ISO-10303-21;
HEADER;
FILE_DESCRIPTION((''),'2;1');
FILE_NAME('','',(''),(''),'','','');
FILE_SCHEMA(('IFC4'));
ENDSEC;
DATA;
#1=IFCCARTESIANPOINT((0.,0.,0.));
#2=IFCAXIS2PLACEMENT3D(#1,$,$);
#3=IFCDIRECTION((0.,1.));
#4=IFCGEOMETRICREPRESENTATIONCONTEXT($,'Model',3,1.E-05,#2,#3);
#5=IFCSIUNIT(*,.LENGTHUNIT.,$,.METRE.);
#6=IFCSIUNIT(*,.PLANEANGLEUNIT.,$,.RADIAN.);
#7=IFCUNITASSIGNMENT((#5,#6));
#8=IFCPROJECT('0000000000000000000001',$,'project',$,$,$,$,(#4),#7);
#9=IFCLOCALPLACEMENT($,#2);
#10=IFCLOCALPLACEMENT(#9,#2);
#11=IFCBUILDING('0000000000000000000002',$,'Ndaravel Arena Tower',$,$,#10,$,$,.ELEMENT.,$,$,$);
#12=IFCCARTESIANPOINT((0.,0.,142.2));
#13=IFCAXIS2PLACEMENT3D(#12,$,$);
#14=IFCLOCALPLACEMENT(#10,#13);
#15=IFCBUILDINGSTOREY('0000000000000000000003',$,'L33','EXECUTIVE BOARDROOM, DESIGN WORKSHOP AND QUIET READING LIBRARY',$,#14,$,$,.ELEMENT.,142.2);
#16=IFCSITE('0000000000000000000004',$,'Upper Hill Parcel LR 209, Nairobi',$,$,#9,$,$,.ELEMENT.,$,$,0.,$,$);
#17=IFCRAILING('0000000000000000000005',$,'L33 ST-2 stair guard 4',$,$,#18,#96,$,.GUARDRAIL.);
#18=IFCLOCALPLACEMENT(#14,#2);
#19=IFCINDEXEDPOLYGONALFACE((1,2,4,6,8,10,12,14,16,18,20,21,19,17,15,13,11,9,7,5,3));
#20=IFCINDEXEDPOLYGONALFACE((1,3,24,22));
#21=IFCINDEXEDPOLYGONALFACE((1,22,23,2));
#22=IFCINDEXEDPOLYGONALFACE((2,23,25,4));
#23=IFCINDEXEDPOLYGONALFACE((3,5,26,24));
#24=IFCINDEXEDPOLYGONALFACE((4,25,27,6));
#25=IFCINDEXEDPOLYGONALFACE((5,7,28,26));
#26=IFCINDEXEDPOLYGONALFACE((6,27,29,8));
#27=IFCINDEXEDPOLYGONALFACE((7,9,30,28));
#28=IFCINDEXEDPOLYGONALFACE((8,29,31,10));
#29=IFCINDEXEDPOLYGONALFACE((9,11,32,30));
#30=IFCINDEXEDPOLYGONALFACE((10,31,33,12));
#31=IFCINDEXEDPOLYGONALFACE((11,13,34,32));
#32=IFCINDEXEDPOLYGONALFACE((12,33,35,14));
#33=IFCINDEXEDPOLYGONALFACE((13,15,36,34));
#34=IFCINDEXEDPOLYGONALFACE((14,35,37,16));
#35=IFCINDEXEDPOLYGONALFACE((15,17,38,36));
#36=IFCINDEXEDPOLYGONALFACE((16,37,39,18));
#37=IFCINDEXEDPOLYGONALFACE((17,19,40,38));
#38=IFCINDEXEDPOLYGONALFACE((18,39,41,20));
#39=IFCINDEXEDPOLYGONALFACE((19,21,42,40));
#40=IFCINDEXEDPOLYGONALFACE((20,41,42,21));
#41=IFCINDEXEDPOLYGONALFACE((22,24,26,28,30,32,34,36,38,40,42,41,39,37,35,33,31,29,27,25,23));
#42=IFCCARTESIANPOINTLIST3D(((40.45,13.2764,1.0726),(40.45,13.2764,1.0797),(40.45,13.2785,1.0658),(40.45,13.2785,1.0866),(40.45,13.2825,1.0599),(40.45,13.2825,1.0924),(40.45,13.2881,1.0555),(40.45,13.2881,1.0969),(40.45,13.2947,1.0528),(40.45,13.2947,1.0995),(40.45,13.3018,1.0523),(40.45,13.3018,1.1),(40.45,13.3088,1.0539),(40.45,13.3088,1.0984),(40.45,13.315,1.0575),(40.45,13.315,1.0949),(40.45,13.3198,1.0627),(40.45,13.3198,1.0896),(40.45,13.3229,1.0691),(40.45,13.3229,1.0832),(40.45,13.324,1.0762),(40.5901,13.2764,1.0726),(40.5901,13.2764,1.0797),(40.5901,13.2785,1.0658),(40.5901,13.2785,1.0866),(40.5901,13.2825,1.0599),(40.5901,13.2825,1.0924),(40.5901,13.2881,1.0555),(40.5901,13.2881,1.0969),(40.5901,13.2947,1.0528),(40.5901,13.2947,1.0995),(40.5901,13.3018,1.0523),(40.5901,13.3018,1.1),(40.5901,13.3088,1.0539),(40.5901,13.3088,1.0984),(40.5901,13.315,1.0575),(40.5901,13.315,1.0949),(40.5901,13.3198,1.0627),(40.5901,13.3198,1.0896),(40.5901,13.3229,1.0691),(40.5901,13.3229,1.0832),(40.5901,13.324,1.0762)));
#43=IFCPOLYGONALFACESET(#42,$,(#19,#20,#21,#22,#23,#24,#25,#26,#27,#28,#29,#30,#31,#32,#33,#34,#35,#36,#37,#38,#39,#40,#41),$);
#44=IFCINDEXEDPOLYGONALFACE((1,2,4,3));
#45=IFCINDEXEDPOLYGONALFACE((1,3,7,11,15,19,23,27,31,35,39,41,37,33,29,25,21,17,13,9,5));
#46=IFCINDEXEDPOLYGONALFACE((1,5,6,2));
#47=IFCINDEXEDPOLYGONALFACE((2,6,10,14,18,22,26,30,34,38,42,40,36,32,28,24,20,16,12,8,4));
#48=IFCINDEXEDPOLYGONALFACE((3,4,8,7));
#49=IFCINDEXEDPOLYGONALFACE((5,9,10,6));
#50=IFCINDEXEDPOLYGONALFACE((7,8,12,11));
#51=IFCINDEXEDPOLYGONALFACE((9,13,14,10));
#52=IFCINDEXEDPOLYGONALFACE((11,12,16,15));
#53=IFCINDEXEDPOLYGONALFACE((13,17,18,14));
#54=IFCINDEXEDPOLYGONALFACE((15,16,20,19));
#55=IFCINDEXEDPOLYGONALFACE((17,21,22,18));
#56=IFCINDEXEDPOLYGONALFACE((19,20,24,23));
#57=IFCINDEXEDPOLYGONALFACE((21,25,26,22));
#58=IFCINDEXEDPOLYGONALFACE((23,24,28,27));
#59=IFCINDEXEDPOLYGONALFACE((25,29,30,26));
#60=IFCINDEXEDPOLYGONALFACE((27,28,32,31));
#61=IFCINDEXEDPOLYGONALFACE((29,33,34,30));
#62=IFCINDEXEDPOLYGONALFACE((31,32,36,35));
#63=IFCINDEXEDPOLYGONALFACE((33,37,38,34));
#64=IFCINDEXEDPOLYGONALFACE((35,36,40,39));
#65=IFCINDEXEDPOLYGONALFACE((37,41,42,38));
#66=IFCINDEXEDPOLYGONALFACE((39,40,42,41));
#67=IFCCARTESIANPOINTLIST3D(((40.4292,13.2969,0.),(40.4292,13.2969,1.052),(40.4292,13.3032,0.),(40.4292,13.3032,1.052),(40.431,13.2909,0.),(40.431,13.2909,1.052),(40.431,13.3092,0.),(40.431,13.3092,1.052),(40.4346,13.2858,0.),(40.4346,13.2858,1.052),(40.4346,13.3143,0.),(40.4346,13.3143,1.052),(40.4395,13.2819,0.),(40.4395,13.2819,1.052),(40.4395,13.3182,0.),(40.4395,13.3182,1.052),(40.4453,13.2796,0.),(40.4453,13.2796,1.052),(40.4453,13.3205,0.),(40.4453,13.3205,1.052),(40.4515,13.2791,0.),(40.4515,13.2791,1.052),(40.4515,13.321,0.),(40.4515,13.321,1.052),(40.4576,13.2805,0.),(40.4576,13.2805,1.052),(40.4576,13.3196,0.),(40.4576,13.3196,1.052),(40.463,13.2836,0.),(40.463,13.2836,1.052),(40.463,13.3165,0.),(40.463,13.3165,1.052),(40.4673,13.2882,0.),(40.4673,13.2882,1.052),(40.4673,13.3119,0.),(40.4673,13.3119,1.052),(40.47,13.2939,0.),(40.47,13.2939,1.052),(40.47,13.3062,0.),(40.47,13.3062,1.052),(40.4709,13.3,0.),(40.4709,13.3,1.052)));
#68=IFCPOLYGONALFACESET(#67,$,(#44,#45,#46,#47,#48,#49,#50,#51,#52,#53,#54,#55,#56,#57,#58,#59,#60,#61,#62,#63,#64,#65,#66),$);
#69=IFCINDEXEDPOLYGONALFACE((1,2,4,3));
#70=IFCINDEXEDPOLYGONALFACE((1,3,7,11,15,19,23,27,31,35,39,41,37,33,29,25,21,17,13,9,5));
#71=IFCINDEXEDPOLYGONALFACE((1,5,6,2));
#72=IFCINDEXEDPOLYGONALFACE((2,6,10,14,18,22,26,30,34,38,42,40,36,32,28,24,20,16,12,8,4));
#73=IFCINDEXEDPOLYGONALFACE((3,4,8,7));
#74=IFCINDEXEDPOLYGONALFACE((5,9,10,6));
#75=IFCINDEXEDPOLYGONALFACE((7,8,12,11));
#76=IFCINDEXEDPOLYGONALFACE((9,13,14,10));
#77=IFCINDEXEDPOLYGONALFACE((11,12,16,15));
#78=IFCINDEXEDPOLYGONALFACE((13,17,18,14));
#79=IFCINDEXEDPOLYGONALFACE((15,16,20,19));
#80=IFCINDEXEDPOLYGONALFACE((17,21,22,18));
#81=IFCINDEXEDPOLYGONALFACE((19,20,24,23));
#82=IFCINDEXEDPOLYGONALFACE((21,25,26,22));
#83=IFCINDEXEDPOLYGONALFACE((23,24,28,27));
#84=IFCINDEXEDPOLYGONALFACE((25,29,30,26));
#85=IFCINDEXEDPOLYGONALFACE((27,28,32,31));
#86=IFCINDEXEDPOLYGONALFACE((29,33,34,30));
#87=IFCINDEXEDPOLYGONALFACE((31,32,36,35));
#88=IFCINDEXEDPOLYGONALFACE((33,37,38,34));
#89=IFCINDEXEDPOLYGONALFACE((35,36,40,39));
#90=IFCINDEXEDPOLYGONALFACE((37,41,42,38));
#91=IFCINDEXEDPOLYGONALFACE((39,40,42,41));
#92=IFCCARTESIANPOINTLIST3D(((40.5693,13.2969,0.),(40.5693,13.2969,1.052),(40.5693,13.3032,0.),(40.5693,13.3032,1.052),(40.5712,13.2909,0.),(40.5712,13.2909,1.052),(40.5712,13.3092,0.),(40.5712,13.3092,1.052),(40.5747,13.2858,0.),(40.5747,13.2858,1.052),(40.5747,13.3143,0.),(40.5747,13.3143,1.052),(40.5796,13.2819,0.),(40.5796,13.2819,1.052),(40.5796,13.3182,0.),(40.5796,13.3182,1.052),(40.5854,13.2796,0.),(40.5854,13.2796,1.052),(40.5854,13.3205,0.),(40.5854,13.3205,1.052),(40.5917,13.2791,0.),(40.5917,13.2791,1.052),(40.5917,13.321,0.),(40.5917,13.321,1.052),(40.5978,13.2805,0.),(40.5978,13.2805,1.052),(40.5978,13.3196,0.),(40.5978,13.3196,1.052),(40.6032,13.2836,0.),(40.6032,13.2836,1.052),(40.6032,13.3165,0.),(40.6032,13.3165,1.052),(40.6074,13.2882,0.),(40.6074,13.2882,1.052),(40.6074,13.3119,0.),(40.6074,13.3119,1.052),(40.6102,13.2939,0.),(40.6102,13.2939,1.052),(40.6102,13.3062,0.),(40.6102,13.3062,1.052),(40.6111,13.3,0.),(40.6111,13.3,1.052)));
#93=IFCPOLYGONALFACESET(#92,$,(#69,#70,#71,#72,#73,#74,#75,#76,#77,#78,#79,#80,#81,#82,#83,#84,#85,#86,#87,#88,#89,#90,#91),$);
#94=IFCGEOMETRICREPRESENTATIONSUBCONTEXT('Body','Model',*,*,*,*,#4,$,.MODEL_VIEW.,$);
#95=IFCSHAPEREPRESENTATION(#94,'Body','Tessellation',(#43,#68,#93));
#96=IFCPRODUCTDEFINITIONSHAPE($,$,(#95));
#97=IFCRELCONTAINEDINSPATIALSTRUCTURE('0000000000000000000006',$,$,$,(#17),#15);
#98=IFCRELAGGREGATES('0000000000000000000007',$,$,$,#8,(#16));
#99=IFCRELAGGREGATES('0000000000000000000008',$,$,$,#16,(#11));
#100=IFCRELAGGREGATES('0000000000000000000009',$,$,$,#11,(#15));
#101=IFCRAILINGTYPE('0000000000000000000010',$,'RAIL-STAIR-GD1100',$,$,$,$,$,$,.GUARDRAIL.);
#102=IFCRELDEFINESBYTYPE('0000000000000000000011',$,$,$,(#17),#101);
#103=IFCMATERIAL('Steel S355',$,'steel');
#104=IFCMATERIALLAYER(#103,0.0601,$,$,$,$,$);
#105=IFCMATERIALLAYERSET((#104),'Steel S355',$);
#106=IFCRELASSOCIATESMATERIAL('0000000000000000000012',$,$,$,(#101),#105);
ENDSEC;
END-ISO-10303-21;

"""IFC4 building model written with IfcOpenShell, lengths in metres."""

from ifc_helpers import new_model, si_unit, direction, frame, origin, origin_2d, place, context, subcontext, project, spatial, circle, extrude, material, layer, layer_set, type_object, element, save


model = new_model("IFC4")

# Units and contexts
model_context = context("Model", 3, precision=1e-05, world=origin(), true_north=direction((0.0, 1.0)))
body_context = subcontext(model_context, "Body", "Model", "MODEL_VIEW")
ifc_project = project(units=[si_unit("LENGTHUNIT", "METRE"), si_unit("PLANEANGLEUNIT", "RADIAN")], contexts=[model_context])

# Site, building, storey
site_placement = place(None, origin())
site = spatial("IfcSite", under=ifc_project, at=site_placement, Name="Upper Hill Parcel LR 209, Nairobi", CompositionType="ELEMENT", RefElevation=0.0)
building_placement = place(site_placement, origin())
building = spatial("IfcBuilding", under=site, at=building_placement, Name="Ndaravel Arena Tower", CompositionType="ELEMENT")
storey_placement = place(building_placement, frame((0.0, 0.0, 142.2)))
storey = spatial("IfcBuildingStorey", under=building, at=storey_placement, Name="L33", Description="EXECUTIVE BOARDROOM, DESIGN WORKSHOP AND QUIET READING LIBRARY", CompositionType="ELEMENT", Elevation=142.2)

# Railing
ifc_material_1 = material(Name="Steel S355", Category="steel")
ifc_layer_1 = layer(ifc_material_1, 0.0601)
ifc_layer_set_1 = layer_set([ifc_layer_1], Name="Steel S355")
railing_type_1 = type_object("IfcRailingType", Name="RAIL-STAIR-GD1100", PredefinedType="GUARDRAIL", material=ifc_layer_set_1)
railing_1_placement = place(storey_placement, frame((40.45, 13.3, 0.0)))
element("IfcRailing", 1, at=railing_1_placement, inside=storey, type_object=railing_type_1, Name="L33 ST-2 stair guard 4", PredefinedType="GUARDRAIL", context=body_context, shape_type="SweptSolid", body=[
    extrude(circle(Radius=0.0239, at=origin_2d()), frame((0.0, 0.0, 1.0762), z_axis=(1.0, 0.0, 0.0), x_axis=(0.0, 1.0, 0.0)), (0.0, 0.0, 1.0), 0.1401),
    extrude(circle(Radius=0.021, at=origin_2d()), origin(), (0.0, 0.0, 1.0), 1.052),
    extrude(circle(Radius=0.021, at=origin_2d()), frame((0.1401, 0.0, 0.0)), (0.0, 0.0, 1.0), 1.052),
])

save(model, "model.ifc")
